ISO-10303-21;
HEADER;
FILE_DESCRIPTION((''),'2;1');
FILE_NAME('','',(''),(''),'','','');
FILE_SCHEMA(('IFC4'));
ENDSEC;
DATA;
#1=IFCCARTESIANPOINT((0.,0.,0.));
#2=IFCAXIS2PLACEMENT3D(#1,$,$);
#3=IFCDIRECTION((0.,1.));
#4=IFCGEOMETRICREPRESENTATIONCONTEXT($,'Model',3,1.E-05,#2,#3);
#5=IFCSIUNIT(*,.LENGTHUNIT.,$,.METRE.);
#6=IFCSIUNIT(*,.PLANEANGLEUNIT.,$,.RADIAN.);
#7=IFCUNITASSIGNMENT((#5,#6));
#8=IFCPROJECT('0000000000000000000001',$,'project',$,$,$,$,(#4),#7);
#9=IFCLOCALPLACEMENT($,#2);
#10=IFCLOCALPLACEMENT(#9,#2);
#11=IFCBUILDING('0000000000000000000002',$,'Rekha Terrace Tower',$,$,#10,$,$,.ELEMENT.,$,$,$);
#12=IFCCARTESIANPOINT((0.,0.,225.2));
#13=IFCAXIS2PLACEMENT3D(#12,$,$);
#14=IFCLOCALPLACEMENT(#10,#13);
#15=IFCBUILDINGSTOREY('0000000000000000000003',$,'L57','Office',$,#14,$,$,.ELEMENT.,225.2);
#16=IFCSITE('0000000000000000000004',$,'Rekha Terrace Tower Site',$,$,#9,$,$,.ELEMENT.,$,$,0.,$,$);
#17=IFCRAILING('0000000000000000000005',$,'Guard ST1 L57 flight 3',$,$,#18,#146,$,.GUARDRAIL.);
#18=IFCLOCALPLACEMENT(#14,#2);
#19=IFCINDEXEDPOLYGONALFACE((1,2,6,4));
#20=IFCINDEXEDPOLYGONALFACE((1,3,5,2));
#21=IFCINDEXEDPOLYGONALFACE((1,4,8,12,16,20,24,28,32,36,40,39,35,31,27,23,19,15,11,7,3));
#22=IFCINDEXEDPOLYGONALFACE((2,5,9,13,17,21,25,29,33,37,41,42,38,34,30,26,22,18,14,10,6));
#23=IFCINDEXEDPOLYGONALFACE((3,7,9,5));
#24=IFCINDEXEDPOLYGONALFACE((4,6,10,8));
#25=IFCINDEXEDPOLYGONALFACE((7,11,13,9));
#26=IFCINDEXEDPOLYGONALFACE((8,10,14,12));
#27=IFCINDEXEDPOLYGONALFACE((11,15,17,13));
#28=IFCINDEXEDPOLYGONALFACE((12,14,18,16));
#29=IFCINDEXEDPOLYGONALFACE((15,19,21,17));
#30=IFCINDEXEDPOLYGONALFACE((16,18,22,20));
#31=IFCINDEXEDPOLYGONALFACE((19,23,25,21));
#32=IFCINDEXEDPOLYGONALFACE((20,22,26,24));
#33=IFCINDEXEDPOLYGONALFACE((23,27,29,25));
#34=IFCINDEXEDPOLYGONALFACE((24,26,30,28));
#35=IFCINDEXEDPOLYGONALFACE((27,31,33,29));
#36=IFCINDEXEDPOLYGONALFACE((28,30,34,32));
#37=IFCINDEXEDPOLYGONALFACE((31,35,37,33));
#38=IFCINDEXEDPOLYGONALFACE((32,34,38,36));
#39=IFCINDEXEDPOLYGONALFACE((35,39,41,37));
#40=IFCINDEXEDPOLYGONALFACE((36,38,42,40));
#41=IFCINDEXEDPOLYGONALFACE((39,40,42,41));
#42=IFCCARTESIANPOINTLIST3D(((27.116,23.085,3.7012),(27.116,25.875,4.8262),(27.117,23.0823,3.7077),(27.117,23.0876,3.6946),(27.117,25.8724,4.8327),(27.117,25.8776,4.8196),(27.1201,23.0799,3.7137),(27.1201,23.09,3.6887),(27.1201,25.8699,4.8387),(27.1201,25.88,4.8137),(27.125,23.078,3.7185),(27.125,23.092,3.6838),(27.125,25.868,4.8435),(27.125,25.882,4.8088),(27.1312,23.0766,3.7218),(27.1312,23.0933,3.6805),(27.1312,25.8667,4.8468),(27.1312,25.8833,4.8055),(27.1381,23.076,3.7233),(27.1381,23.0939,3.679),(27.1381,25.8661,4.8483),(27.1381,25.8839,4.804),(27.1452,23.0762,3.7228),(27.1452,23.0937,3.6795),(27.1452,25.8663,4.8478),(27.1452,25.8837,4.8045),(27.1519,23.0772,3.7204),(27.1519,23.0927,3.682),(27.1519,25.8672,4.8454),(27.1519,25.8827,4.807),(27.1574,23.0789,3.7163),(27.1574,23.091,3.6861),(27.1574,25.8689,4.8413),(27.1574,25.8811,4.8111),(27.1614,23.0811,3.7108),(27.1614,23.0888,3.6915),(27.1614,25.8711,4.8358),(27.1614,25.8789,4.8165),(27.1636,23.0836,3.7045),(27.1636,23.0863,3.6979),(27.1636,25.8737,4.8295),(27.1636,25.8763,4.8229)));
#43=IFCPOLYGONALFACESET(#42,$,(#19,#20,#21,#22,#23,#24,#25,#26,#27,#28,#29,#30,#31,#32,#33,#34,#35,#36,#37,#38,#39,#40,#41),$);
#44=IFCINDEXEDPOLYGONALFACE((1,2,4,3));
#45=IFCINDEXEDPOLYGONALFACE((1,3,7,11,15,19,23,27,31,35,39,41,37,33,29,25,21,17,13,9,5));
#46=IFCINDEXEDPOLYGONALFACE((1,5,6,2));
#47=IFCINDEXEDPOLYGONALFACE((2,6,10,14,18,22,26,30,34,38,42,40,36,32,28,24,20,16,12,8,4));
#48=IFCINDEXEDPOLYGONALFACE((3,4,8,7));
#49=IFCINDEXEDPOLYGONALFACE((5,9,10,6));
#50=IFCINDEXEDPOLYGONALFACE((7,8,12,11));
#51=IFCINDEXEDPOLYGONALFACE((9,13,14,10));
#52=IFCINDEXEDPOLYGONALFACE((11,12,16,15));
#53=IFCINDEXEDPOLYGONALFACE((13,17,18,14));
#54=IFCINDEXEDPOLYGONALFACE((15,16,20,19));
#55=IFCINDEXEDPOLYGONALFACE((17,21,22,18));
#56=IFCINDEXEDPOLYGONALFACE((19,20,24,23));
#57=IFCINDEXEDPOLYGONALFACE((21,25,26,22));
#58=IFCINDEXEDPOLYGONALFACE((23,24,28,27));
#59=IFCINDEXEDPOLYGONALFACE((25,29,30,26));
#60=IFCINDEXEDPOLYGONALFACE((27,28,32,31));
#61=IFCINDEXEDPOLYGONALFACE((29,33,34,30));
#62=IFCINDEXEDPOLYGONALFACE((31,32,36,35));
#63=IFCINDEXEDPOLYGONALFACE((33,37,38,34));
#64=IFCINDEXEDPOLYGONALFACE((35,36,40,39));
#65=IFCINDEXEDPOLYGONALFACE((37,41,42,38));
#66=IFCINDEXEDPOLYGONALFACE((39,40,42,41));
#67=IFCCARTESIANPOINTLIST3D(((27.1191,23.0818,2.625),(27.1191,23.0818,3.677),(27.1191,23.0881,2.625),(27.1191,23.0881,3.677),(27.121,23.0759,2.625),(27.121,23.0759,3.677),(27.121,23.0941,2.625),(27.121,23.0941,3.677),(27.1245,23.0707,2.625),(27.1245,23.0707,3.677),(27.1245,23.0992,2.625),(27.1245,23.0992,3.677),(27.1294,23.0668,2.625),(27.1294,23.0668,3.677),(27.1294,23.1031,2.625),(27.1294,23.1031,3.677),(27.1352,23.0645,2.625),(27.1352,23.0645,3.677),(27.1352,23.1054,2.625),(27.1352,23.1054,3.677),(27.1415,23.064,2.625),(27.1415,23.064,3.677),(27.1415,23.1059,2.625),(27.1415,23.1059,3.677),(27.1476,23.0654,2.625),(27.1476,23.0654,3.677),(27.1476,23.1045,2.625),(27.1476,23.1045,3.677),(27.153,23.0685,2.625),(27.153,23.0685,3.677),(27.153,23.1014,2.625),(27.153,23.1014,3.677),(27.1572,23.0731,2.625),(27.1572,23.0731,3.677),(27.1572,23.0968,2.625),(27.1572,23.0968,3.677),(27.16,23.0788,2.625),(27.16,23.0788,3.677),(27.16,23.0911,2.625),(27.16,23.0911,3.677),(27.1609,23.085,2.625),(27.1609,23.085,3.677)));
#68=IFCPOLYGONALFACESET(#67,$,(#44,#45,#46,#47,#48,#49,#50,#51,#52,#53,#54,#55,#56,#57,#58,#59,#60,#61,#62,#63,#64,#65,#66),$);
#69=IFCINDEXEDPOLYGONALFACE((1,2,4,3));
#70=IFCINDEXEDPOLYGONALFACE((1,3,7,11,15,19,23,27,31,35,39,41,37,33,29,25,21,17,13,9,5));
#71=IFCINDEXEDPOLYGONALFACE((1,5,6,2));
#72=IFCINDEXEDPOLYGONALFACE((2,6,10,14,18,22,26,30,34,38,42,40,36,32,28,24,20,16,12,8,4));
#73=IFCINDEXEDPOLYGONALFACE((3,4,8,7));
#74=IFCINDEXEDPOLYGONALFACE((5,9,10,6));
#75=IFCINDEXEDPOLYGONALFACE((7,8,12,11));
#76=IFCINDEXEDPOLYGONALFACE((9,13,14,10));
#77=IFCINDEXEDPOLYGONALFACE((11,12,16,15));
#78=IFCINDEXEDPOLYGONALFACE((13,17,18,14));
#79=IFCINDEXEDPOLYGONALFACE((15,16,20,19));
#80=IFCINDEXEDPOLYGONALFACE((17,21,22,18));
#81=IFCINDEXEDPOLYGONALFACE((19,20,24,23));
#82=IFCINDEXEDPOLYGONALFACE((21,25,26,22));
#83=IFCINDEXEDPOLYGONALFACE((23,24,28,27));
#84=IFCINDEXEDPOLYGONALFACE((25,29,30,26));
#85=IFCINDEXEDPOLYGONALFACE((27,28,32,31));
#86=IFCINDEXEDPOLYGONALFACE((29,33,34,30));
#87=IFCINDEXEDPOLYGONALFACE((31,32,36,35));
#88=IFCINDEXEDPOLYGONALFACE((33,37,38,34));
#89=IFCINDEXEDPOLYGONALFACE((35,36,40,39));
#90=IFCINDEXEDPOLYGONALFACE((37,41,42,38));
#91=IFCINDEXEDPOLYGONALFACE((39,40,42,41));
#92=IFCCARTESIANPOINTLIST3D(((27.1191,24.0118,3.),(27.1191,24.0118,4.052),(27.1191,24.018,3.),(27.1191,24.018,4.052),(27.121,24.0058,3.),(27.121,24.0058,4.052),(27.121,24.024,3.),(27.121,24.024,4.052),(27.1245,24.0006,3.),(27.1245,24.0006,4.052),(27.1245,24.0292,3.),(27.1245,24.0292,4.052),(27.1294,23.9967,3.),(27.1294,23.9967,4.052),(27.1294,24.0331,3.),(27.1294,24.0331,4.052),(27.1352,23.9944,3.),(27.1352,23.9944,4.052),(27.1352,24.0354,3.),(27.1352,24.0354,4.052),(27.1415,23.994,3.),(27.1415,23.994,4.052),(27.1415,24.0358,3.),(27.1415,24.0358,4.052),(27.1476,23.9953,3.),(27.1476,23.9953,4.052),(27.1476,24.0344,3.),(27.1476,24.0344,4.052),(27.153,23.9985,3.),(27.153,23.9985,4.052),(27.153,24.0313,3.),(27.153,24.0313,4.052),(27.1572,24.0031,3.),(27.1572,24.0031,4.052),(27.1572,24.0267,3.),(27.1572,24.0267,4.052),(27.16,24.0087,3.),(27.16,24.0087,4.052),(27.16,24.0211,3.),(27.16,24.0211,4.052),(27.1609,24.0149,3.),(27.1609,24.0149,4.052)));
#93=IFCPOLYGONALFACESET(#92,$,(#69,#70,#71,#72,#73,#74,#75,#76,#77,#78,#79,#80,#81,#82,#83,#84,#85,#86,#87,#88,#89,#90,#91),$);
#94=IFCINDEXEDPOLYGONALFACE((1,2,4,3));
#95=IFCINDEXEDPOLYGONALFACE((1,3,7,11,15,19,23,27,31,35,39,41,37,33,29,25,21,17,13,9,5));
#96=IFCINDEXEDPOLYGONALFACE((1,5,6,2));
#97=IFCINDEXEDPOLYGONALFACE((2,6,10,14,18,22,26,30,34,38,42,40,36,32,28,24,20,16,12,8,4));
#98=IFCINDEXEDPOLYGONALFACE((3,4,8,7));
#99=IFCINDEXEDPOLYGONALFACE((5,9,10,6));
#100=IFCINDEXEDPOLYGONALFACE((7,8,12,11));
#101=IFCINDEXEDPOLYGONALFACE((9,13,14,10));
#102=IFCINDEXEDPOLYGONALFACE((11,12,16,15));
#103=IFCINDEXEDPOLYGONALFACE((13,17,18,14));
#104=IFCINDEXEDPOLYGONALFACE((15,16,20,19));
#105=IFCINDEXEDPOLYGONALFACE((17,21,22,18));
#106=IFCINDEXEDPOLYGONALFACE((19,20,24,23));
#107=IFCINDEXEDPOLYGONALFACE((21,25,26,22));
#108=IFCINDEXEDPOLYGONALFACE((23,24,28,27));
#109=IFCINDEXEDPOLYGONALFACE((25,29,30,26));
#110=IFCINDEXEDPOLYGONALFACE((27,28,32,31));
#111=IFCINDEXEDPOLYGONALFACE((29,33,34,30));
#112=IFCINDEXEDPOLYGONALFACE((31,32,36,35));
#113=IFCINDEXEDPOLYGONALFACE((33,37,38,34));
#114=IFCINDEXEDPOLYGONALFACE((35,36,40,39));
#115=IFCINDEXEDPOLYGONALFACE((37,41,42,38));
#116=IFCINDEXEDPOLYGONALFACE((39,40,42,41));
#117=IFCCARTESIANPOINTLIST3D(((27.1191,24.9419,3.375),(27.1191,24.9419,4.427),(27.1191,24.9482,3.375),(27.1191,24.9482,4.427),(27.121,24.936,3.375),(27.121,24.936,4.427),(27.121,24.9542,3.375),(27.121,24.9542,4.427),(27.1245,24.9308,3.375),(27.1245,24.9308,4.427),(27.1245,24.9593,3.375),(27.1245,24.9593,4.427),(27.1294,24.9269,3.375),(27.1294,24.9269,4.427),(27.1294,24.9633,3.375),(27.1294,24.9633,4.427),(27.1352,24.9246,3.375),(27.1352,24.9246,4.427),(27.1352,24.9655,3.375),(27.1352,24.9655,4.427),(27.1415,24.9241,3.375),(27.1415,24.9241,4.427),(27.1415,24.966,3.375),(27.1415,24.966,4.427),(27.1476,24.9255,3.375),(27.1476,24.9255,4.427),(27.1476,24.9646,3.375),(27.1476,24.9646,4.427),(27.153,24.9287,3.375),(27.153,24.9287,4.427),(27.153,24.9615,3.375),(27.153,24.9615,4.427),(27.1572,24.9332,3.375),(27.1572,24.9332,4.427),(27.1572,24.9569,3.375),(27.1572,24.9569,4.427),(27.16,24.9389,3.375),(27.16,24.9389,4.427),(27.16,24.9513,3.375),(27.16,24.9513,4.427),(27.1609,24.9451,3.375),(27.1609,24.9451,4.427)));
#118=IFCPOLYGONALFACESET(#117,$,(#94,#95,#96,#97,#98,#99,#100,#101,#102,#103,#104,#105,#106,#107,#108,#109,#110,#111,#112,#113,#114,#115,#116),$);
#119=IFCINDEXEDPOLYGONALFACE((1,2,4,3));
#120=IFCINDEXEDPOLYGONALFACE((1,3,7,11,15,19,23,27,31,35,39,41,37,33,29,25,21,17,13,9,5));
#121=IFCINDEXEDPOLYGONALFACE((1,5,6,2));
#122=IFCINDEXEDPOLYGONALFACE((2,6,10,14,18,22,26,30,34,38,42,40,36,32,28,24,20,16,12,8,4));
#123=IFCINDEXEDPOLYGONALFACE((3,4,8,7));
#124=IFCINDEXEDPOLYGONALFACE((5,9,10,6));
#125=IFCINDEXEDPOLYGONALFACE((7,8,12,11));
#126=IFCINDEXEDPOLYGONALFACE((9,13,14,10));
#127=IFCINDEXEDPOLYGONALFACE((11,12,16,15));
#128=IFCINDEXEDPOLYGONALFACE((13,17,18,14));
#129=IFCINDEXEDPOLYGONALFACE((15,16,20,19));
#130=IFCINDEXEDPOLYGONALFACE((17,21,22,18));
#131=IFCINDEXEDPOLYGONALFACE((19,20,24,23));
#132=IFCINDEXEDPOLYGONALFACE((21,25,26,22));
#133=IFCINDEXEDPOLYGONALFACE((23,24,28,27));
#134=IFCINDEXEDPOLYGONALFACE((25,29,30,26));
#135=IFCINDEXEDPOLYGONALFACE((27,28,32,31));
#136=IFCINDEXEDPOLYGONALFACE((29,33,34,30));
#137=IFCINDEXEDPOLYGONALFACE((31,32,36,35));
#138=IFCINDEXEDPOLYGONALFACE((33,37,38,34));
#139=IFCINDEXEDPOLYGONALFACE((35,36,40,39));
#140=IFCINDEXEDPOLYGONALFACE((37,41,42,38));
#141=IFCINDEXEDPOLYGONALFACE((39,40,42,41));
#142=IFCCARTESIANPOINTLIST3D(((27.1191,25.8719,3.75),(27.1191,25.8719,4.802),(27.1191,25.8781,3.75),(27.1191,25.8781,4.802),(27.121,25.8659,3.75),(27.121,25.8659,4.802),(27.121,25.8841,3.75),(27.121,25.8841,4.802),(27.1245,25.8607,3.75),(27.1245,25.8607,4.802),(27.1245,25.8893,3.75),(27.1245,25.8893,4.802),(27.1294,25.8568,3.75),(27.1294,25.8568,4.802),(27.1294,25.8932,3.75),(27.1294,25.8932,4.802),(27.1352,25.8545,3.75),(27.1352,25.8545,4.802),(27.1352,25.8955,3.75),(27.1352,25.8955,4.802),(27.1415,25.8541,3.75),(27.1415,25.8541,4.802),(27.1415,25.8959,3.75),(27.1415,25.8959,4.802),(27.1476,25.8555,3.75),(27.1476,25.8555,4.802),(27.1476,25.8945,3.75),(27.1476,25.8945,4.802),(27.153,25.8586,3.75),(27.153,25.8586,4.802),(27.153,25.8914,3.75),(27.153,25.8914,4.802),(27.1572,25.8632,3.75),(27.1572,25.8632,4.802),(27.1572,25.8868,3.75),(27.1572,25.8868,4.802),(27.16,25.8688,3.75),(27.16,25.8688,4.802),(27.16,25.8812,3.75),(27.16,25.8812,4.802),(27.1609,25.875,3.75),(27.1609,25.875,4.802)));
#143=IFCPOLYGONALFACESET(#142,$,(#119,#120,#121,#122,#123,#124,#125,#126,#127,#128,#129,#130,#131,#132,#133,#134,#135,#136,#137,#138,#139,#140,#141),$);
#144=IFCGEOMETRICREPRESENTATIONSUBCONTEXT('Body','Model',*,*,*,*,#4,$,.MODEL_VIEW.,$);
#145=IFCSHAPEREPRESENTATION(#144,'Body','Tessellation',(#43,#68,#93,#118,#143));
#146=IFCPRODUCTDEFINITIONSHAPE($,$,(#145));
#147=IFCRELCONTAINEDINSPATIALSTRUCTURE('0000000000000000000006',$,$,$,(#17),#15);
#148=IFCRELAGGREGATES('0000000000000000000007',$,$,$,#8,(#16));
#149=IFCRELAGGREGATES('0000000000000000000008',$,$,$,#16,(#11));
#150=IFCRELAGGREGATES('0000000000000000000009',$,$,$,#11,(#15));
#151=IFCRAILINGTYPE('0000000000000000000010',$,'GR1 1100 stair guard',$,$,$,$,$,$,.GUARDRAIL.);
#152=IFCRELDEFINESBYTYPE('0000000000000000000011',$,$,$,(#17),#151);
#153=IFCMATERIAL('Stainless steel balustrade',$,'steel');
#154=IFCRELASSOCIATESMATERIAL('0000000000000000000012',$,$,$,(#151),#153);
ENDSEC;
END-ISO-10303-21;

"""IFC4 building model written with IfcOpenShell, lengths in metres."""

from ifc_helpers import new_model, si_unit, direction, frame, origin, origin_2d, place, context, subcontext, project, spatial, circle, extrude, material, type_object, element, save


model = new_model("IFC4")

# Units and contexts
model_context = context("Model", 3, precision=1e-05, world=origin(), true_north=direction((0.0, 1.0)))
body_context = subcontext(model_context, "Body", "Model", "MODEL_VIEW")
ifc_project = project(units=[si_unit("LENGTHUNIT", "METRE"), si_unit("PLANEANGLEUNIT", "RADIAN")], contexts=[model_context])

# Site, building, storey
site_placement = place(None, origin())
site = spatial("IfcSite", under=ifc_project, at=site_placement, Name="Rekha Terrace Tower Site", CompositionType="ELEMENT", RefElevation=0.0)
building_placement = place(site_placement, origin())
building = spatial("IfcBuilding", under=site, at=building_placement, Name="Rekha Terrace Tower", CompositionType="ELEMENT")
storey_placement = place(building_placement, frame((0.0, 0.0, 225.2)))
storey = spatial("IfcBuildingStorey", under=building, at=storey_placement, Name="L57", Description="Office", CompositionType="ELEMENT", Elevation=225.2)

# Railing
ifc_material_1 = material(Name="Stainless steel balustrade", Category="steel")
railing_type_1 = type_object("IfcRailingType", Name="GR1 1100 stair guard", PredefinedType="GUARDRAIL", material=ifc_material_1)
railing_1_placement = place(storey_placement, frame((27.1399, 23.085, 2.625)))
element("IfcRailing", 1, at=railing_1_placement, inside=storey, type_object=railing_type_1, Name="Guard ST1 L57 flight 3", PredefinedType="GUARDRAIL", context=body_context, shape_type="SweptSolid", body=[
    extrude(circle(Radius=0.0239, at=origin_2d()), frame((0.0, 0.0, 1.0762), z_axis=(0.0, 0.927443, 0.373964), x_axis=(-1.0, 0.0, 0.0)), (0.0, 0.0, 1.0), 3.0083),
    extrude(circle(Radius=0.021, at=origin_2d()), origin(), (0.0, 0.0, 1.0), 1.052),
    extrude(circle(Radius=0.021, at=origin_2d()), frame((0.0, 0.9299, 0.375)), (0.0, 0.0, 1.0), 1.052),
    extrude(circle(Radius=0.021, at=origin_2d()), frame((0.0, 1.8601, 0.75)), (0.0, 0.0, 1.0), 1.052),
    extrude(circle(Radius=0.021, at=origin_2d()), frame((0.0, 2.79, 1.125)), (0.0, 0.0, 1.0), 1.052),
])

save(model, "model.ifc")
